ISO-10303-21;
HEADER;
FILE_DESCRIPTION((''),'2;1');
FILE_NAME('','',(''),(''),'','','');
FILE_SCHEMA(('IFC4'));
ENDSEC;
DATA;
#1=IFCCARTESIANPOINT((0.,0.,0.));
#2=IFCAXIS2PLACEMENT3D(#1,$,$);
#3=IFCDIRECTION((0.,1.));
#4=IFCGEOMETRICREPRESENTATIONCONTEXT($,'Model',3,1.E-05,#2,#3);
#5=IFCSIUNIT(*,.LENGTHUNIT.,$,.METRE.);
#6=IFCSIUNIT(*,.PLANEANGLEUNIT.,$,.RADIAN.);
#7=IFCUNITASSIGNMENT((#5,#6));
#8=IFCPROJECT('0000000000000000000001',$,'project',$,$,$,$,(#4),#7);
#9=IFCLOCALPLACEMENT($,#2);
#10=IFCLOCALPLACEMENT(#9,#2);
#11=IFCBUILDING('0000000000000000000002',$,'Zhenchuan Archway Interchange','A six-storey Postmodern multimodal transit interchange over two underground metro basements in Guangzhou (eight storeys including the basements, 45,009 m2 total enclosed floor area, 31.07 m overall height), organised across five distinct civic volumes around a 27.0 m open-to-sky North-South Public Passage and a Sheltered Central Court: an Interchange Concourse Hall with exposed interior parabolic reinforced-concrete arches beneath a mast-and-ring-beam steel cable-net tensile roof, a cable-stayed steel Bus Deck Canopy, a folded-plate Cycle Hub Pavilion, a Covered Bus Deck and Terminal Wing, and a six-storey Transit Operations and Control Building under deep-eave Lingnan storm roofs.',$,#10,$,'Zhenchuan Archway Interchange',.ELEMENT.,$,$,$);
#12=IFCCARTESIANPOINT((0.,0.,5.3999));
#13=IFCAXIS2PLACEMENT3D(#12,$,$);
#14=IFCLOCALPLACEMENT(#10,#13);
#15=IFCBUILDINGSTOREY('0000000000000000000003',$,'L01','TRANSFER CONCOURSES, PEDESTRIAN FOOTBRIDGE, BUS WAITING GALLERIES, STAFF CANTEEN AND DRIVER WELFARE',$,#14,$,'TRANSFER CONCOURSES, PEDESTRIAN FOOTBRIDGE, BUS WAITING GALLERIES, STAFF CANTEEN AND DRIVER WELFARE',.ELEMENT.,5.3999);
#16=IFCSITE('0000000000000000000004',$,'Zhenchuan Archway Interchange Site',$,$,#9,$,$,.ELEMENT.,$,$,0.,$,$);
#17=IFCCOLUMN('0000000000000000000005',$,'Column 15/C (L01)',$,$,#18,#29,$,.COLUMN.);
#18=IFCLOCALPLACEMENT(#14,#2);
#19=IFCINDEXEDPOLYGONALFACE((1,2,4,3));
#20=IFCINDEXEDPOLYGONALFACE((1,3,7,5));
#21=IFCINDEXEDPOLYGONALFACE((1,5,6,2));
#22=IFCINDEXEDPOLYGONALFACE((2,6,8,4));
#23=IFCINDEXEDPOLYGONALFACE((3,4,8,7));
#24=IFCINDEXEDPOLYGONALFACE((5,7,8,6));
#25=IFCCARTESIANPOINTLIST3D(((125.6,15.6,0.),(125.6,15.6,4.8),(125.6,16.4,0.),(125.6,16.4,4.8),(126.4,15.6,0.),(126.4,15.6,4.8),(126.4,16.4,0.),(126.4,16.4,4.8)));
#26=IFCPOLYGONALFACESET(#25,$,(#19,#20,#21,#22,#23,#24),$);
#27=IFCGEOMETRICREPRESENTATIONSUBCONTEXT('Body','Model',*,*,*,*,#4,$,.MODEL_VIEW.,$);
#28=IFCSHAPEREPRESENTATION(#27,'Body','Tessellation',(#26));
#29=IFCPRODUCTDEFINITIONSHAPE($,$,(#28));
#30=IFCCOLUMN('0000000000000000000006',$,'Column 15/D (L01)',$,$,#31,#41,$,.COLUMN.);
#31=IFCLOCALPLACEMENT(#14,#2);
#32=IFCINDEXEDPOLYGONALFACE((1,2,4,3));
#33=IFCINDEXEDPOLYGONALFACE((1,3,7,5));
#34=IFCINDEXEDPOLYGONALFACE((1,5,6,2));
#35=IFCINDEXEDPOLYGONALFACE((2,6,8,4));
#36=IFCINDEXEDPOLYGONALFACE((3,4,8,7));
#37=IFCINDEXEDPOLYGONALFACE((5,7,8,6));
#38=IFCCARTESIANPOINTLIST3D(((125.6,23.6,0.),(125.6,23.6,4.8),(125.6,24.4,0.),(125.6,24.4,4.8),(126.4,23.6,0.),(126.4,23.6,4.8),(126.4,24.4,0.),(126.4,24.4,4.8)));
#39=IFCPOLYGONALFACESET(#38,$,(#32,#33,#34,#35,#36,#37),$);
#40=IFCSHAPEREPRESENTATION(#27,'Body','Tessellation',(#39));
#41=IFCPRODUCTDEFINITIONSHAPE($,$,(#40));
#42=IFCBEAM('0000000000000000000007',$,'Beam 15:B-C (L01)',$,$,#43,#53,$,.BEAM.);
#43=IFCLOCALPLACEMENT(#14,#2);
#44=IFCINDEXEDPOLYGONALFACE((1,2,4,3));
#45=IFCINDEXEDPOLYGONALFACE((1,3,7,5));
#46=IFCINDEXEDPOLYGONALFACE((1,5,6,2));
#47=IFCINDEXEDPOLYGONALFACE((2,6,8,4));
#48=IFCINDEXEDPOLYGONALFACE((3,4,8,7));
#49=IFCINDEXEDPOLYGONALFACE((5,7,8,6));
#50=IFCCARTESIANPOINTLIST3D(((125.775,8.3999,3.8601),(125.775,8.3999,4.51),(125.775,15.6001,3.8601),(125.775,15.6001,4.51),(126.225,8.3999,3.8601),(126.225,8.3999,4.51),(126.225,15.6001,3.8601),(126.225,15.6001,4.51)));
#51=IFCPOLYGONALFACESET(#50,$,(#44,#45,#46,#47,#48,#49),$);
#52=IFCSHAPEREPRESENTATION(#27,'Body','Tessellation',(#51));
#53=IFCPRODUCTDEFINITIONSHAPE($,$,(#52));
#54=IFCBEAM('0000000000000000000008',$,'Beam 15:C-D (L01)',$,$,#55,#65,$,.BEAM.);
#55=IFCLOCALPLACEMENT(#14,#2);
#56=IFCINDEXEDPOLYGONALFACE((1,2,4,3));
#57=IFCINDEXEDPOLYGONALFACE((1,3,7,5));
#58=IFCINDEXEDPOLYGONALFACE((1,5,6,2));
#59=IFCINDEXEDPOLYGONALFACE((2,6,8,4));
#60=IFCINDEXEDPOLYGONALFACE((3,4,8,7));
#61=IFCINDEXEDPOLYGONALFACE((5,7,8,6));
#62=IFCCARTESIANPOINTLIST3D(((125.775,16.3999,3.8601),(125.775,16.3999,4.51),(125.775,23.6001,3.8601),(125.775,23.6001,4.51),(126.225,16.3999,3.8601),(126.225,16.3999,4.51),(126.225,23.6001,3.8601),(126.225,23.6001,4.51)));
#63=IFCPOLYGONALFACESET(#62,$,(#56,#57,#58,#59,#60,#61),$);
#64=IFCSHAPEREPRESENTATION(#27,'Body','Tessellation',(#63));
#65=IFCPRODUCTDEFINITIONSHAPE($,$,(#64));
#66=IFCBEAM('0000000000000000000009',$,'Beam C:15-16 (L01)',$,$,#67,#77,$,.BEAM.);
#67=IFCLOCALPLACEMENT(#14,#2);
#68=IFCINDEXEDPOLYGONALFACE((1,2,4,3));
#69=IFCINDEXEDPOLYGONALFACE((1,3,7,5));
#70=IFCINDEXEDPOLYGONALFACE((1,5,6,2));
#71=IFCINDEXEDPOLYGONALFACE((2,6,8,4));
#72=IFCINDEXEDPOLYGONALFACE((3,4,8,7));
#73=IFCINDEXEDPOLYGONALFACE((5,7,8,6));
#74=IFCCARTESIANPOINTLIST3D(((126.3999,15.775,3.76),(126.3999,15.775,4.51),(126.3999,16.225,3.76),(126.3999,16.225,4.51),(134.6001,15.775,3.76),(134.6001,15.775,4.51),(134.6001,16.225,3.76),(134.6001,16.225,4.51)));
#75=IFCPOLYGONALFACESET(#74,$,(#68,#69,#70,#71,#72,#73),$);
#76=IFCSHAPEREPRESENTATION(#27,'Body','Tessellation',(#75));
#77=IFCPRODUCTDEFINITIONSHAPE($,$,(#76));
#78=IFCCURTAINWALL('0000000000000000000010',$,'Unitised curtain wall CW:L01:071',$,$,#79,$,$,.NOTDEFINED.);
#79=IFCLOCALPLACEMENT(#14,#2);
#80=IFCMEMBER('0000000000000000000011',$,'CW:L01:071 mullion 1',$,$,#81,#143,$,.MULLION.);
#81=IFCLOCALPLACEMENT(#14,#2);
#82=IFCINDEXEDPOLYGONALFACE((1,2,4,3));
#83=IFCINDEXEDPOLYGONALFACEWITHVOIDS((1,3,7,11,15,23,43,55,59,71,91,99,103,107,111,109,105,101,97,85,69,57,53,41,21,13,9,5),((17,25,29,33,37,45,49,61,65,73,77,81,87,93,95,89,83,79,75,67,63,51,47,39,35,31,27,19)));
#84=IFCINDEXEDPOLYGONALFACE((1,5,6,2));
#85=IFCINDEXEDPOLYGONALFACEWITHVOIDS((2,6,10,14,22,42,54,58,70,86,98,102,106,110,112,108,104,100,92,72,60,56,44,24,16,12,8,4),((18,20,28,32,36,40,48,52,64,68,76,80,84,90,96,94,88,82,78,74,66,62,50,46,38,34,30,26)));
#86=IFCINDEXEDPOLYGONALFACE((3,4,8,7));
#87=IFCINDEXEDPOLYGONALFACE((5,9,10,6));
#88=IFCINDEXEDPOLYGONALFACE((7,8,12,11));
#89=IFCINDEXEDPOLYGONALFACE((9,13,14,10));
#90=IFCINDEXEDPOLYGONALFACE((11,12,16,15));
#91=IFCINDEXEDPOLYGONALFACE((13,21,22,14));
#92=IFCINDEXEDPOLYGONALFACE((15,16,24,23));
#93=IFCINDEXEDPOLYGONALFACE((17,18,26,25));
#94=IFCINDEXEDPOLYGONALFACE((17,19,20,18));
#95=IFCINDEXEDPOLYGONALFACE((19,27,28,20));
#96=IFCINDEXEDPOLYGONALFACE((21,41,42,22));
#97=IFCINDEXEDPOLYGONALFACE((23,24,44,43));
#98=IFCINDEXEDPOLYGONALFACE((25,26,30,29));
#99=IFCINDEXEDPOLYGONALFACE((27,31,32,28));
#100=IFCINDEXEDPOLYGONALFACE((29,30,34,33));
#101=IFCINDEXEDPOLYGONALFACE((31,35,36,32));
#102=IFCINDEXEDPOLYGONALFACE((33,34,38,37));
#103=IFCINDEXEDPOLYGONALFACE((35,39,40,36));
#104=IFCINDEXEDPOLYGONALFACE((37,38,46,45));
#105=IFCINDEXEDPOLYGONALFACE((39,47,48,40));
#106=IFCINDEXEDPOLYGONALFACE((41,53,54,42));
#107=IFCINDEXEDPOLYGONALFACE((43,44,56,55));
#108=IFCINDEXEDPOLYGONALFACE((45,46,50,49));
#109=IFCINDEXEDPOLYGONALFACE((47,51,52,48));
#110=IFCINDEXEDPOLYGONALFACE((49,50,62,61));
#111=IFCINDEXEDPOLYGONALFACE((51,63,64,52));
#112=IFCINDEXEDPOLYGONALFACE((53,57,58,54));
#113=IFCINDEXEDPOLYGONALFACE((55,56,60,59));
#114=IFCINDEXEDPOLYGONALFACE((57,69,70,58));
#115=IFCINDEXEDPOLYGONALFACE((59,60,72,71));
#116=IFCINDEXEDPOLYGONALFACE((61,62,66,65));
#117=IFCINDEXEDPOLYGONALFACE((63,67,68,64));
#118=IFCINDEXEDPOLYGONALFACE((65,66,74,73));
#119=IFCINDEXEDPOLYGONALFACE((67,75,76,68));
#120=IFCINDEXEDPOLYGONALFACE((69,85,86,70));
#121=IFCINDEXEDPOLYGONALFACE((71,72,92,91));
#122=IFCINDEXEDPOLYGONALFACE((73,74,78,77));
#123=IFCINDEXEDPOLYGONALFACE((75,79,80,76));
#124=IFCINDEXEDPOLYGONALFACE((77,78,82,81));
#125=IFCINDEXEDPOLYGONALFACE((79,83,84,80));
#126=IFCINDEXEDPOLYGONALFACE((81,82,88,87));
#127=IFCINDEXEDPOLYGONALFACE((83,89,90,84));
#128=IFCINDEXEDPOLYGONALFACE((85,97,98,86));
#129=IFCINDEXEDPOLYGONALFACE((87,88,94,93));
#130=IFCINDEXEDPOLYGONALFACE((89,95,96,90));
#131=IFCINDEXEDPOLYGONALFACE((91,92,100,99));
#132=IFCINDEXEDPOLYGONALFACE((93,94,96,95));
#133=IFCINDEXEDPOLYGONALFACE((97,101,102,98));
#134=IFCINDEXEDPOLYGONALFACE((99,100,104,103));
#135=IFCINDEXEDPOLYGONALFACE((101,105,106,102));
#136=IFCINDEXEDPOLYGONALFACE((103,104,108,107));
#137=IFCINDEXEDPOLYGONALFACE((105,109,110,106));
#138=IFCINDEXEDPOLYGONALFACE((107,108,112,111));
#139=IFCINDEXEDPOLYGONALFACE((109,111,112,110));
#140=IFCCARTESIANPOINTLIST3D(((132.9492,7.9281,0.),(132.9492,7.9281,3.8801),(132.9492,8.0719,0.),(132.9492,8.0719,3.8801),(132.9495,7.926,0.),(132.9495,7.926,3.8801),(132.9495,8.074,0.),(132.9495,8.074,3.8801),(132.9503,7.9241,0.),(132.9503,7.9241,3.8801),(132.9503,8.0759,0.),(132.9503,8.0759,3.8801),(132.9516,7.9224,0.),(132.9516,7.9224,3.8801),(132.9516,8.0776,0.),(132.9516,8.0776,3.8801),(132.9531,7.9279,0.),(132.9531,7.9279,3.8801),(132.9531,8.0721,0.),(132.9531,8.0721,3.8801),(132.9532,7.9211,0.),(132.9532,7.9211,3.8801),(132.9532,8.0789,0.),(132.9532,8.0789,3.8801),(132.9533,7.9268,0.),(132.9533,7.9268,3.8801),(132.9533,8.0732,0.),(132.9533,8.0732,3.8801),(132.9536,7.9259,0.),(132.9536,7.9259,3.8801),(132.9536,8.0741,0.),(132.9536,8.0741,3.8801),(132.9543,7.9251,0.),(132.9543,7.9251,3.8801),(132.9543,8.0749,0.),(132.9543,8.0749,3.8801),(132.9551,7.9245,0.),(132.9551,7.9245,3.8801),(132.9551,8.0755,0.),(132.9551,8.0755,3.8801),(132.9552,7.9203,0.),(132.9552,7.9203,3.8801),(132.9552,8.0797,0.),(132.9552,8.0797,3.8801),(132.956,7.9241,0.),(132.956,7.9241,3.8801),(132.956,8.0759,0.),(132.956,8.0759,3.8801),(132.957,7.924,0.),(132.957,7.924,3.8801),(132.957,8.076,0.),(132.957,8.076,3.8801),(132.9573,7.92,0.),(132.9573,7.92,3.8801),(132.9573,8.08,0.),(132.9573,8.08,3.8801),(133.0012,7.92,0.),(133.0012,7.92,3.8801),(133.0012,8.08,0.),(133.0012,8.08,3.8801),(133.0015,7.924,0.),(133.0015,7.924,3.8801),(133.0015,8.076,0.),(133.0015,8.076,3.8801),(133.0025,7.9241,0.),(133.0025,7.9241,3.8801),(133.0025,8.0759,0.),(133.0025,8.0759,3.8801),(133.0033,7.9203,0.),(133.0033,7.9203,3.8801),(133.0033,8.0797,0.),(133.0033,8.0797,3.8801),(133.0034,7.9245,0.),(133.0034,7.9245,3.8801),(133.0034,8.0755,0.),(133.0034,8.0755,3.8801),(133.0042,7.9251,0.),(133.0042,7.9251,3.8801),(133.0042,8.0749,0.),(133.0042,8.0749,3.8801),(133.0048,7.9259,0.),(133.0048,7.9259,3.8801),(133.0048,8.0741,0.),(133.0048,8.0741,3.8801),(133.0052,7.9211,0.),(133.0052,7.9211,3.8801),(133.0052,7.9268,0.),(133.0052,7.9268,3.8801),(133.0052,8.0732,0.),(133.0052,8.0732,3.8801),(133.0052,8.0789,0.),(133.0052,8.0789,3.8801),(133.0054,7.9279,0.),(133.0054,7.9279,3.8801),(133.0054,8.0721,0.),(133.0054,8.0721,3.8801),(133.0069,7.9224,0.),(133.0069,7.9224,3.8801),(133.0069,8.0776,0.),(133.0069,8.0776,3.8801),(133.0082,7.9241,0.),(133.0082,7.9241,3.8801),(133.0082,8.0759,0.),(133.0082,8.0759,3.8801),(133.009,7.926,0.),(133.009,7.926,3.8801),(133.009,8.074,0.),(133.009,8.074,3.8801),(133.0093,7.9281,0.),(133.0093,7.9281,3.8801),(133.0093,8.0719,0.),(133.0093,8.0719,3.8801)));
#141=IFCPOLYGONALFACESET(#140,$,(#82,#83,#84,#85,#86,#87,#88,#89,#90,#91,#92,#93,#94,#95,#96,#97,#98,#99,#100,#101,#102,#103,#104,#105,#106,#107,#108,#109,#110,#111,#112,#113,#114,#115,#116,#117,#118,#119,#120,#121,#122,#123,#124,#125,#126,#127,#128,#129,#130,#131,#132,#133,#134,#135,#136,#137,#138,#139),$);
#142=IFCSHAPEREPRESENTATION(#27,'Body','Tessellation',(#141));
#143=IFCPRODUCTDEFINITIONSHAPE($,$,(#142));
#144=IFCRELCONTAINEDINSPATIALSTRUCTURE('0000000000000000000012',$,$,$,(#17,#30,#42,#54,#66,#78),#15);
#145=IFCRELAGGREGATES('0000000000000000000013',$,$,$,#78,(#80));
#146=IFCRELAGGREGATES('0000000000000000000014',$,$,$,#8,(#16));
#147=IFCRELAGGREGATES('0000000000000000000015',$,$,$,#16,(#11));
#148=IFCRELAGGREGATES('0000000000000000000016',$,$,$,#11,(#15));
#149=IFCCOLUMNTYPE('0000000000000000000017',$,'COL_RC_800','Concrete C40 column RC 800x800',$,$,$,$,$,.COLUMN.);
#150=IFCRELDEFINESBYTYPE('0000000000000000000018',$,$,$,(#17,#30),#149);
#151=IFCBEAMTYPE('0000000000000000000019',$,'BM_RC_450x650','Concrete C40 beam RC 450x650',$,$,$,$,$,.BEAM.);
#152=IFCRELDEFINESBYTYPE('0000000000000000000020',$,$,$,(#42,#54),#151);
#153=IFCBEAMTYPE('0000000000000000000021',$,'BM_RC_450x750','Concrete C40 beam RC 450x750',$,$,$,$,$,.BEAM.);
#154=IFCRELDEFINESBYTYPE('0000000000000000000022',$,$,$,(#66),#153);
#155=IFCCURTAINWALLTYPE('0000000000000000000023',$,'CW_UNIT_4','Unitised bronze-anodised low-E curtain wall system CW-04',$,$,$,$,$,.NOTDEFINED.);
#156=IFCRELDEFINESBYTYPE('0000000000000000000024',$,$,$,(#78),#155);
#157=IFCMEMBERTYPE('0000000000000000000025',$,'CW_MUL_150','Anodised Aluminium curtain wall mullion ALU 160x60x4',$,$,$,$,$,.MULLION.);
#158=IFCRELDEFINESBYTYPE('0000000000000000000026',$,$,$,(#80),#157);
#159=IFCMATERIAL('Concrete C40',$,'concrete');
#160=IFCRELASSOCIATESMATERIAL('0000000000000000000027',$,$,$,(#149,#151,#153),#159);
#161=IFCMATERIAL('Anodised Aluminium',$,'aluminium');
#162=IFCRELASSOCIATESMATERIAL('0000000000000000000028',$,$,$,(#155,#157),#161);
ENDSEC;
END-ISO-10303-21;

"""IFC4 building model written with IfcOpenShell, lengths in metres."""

from ifc_helpers import new_model, si_unit, direction, frame, origin, origin_2d, place, context, subcontext, project, spatial, rectangle, hollow_rectangle, extrude, material, material_profile, profile_set, type_object, element, aggregate, save


model = new_model("IFC4")

# Units and contexts
model_context = context("Model", 3, precision=1e-05, world=origin(), true_north=direction((0.0, 1.0)))
body_context = subcontext(model_context, "Body", "Model", "MODEL_VIEW")
ifc_project = project(units=[si_unit("LENGTHUNIT", "METRE"), si_unit("PLANEANGLEUNIT", "RADIAN")], contexts=[model_context])

# Site, building, storey
site_placement = place(None, origin())
site = spatial("IfcSite", under=ifc_project, at=site_placement, Name="Zhenchuan Archway Interchange Site", CompositionType="ELEMENT", RefElevation=0.0)
building_placement = place(site_placement, origin())
building = spatial("IfcBuilding", under=site, at=building_placement, Name="Zhenchuan Archway Interchange", Description="A six-storey Postmodern multimodal transit interchange over two underground metro basements in Guangzhou (eight storeys including the basements, 45,009 m2 total enclosed floor area, 31.07 m overall height), organised across five distinct civic volumes around a 27.0 m open-to-sky North-South Public Passage and a Sheltered Central Court: an Interchange Concourse Hall with exposed interior parabolic reinforced-concrete arches beneath a mast-and-ring-beam steel cable-net tensile roof, a cable-stayed steel Bus Deck Canopy, a folded-plate Cycle Hub Pavilion, a Covered Bus Deck and Terminal Wing, and a six-storey Transit Operations and Control Building under deep-eave Lingnan storm roofs.", LongName="Zhenchuan Archway Interchange", CompositionType="ELEMENT")
storey_placement = place(building_placement, frame((0.0, 0.0, 5.3999)))
storey = spatial("IfcBuildingStorey", under=building, at=storey_placement, Name="L01", Description="TRANSFER CONCOURSES, PEDESTRIAN FOOTBRIDGE, BUS WAITING GALLERIES, STAFF CANTEEN AND DRIVER WELFARE", LongName="TRANSFER CONCOURSES, PEDESTRIAN FOOTBRIDGE, BUS WAITING GALLERIES, STAFF CANTEEN AND DRIVER WELFARE", CompositionType="ELEMENT", Elevation=5.3999)

# Columns
ifc_material_1 = material(Name="Concrete C40", Category="concrete")
ifc_material_profile_1 = material_profile(ifc_material_1, rectangle(XDim=0.8, YDim=0.8, at=origin_2d()), Name="RC 800x800")
ifc_profile_set_1 = profile_set([ifc_material_profile_1], Name="Concrete C40")
column_type = type_object("IfcColumnType", Name="COL_RC_800", Description="Concrete C40 column RC 800x800", PredefinedType="COLUMN", material=ifc_profile_set_1)
for number, where, z_axis, x_axis, name in (
    (1, (126.0, 16.0, 0.0), (0.0, 0.0, 1.0), (1.0, 0.0, 0.0), "Column 15/C (L01)"),
    (2, (126.0, 24.0, 0.0), (0.0, 0.0, 1.0), (1.0, 0.0, 0.0), "Column 15/D (L01)"),
):
    element("IfcColumn", number, at=place(storey_placement, frame(where, z_axis=z_axis, x_axis=x_axis)), inside=storey, type_object=column_type, Name=name, PredefinedType="COLUMN", context=body_context, shape_type="SweptSolid", body=[
        extrude(rectangle(XDim=0.8, YDim=0.8, at=origin_2d()), origin(), (0.0, 0.0, 1.0), 4.8),
    ])

# Beams
ifc_material_profile_2 = material_profile(ifc_material_1, rectangle(XDim=0.45, YDim=0.6499, at=origin_2d()), Name="RC 450x650")
ifc_profile_set_2 = profile_set([ifc_material_profile_2], Name="Concrete C40")
beam_type_1 = type_object("IfcBeamType", Name="BM_RC_450x650", Description="Concrete C40 beam RC 450x650", PredefinedType="BEAM", material=ifc_profile_set_2)
for number, where, z_axis, x_axis, name in (
    (3, (126.0, 8.3999, 4.1851), (0.0, 1.0, 0.0), (-1.0, 0.0, 0.0), "Beam 15:B-C (L01)"),
    (4, (126.0, 16.3999, 4.1851), (0.0, 1.0, 0.0), (-1.0, 0.0, 0.0), "Beam 15:C-D (L01)"),
):
    element("IfcBeam", number, at=place(storey_placement, frame(where, z_axis=z_axis, x_axis=x_axis)), inside=storey, type_object=beam_type_1, Name=name, PredefinedType="BEAM", context=body_context, shape_type="SweptSolid", body=[
        extrude(rectangle(XDim=0.45, YDim=0.6499, at=origin_2d()), origin(), (0.0, 0.0, 1.0), 7.2002),
    ])
ifc_material_profile_3 = material_profile(ifc_material_1, rectangle(XDim=0.45, YDim=0.75, at=origin_2d()), Name="RC 450x750")
ifc_profile_set_3 = profile_set([ifc_material_profile_3], Name="Concrete C40")
beam_type_2 = type_object("IfcBeamType", Name="BM_RC_450x750", Description="Concrete C40 beam RC 450x750", PredefinedType="BEAM", material=ifc_profile_set_3)
beam_1_placement = place(storey_placement, frame((126.3999, 16.0, 4.135), z_axis=(1.0, 0.0, 0.0), x_axis=(0.0, 1.0, 0.0)))
element("IfcBeam", 5, at=beam_1_placement, inside=storey, type_object=beam_type_2, Name="Beam C:15-16 (L01)", PredefinedType="BEAM", context=body_context, shape_type="SweptSolid", body=[
    extrude(rectangle(XDim=0.45, YDim=0.75, at=origin_2d()), origin(), (0.0, 0.0, 1.0), 8.2002),
])

# Curtain wall, member
ifc_material_2 = material(Name="Anodised Aluminium", Category="aluminium")
curtain_wall_type = type_object("IfcCurtainWallType", Name="CW_UNIT_4", Description="Unitised bronze-anodised low-E curtain wall system CW-04", PredefinedType="NOTDEFINED", material=ifc_material_2)
curtain_wall_1_placement = place(storey_placement, origin())
curtain_wall_1 = element("IfcCurtainWall", 6, at=curtain_wall_1_placement, inside=storey, type_object=curtain_wall_type, Name="Unitised curtain wall CW:L01:071", PredefinedType="NOTDEFINED")
ifc_material_profile_4 = material_profile(ifc_material_2, hollow_rectangle(XDim=0.0601, YDim=0.1599, WallThickness=0.0039, InnerFilletRadius=0.0039, OuterFilletRadius=0.0081, at=origin_2d()), Name="ALU 160x60x4")
ifc_profile_set_4 = profile_set([ifc_material_profile_4], Name="Anodised Aluminium")
member_type_1 = type_object("IfcMemberType", Name="CW_MUL_150", Description="Anodised Aluminium curtain wall mullion ALU 160x60x4", PredefinedType="MULLION", material=ifc_profile_set_4)
member_1_placement = place(storey_placement, frame((132.9792, 8.0, 0.0), z_axis=(0.0, 0.0, 1.0), x_axis=(1.0, 0.0, 0.0)))
member_1 = element("IfcMember", 7, at=member_1_placement, type_object=member_type_1, Name="CW:L01:071 mullion 1", PredefinedType="MULLION", context=body_context, shape_type="SweptSolid", body=[
    extrude(hollow_rectangle(XDim=0.0601, YDim=0.1599, WallThickness=0.0039, InnerFilletRadius=0.0039, OuterFilletRadius=0.0081, at=origin_2d()), origin(), (0.0, 0.0, 1.0), 3.8801),
])
aggregate(curtain_wall_1, [member_1])

save(model, "model.ifc")
